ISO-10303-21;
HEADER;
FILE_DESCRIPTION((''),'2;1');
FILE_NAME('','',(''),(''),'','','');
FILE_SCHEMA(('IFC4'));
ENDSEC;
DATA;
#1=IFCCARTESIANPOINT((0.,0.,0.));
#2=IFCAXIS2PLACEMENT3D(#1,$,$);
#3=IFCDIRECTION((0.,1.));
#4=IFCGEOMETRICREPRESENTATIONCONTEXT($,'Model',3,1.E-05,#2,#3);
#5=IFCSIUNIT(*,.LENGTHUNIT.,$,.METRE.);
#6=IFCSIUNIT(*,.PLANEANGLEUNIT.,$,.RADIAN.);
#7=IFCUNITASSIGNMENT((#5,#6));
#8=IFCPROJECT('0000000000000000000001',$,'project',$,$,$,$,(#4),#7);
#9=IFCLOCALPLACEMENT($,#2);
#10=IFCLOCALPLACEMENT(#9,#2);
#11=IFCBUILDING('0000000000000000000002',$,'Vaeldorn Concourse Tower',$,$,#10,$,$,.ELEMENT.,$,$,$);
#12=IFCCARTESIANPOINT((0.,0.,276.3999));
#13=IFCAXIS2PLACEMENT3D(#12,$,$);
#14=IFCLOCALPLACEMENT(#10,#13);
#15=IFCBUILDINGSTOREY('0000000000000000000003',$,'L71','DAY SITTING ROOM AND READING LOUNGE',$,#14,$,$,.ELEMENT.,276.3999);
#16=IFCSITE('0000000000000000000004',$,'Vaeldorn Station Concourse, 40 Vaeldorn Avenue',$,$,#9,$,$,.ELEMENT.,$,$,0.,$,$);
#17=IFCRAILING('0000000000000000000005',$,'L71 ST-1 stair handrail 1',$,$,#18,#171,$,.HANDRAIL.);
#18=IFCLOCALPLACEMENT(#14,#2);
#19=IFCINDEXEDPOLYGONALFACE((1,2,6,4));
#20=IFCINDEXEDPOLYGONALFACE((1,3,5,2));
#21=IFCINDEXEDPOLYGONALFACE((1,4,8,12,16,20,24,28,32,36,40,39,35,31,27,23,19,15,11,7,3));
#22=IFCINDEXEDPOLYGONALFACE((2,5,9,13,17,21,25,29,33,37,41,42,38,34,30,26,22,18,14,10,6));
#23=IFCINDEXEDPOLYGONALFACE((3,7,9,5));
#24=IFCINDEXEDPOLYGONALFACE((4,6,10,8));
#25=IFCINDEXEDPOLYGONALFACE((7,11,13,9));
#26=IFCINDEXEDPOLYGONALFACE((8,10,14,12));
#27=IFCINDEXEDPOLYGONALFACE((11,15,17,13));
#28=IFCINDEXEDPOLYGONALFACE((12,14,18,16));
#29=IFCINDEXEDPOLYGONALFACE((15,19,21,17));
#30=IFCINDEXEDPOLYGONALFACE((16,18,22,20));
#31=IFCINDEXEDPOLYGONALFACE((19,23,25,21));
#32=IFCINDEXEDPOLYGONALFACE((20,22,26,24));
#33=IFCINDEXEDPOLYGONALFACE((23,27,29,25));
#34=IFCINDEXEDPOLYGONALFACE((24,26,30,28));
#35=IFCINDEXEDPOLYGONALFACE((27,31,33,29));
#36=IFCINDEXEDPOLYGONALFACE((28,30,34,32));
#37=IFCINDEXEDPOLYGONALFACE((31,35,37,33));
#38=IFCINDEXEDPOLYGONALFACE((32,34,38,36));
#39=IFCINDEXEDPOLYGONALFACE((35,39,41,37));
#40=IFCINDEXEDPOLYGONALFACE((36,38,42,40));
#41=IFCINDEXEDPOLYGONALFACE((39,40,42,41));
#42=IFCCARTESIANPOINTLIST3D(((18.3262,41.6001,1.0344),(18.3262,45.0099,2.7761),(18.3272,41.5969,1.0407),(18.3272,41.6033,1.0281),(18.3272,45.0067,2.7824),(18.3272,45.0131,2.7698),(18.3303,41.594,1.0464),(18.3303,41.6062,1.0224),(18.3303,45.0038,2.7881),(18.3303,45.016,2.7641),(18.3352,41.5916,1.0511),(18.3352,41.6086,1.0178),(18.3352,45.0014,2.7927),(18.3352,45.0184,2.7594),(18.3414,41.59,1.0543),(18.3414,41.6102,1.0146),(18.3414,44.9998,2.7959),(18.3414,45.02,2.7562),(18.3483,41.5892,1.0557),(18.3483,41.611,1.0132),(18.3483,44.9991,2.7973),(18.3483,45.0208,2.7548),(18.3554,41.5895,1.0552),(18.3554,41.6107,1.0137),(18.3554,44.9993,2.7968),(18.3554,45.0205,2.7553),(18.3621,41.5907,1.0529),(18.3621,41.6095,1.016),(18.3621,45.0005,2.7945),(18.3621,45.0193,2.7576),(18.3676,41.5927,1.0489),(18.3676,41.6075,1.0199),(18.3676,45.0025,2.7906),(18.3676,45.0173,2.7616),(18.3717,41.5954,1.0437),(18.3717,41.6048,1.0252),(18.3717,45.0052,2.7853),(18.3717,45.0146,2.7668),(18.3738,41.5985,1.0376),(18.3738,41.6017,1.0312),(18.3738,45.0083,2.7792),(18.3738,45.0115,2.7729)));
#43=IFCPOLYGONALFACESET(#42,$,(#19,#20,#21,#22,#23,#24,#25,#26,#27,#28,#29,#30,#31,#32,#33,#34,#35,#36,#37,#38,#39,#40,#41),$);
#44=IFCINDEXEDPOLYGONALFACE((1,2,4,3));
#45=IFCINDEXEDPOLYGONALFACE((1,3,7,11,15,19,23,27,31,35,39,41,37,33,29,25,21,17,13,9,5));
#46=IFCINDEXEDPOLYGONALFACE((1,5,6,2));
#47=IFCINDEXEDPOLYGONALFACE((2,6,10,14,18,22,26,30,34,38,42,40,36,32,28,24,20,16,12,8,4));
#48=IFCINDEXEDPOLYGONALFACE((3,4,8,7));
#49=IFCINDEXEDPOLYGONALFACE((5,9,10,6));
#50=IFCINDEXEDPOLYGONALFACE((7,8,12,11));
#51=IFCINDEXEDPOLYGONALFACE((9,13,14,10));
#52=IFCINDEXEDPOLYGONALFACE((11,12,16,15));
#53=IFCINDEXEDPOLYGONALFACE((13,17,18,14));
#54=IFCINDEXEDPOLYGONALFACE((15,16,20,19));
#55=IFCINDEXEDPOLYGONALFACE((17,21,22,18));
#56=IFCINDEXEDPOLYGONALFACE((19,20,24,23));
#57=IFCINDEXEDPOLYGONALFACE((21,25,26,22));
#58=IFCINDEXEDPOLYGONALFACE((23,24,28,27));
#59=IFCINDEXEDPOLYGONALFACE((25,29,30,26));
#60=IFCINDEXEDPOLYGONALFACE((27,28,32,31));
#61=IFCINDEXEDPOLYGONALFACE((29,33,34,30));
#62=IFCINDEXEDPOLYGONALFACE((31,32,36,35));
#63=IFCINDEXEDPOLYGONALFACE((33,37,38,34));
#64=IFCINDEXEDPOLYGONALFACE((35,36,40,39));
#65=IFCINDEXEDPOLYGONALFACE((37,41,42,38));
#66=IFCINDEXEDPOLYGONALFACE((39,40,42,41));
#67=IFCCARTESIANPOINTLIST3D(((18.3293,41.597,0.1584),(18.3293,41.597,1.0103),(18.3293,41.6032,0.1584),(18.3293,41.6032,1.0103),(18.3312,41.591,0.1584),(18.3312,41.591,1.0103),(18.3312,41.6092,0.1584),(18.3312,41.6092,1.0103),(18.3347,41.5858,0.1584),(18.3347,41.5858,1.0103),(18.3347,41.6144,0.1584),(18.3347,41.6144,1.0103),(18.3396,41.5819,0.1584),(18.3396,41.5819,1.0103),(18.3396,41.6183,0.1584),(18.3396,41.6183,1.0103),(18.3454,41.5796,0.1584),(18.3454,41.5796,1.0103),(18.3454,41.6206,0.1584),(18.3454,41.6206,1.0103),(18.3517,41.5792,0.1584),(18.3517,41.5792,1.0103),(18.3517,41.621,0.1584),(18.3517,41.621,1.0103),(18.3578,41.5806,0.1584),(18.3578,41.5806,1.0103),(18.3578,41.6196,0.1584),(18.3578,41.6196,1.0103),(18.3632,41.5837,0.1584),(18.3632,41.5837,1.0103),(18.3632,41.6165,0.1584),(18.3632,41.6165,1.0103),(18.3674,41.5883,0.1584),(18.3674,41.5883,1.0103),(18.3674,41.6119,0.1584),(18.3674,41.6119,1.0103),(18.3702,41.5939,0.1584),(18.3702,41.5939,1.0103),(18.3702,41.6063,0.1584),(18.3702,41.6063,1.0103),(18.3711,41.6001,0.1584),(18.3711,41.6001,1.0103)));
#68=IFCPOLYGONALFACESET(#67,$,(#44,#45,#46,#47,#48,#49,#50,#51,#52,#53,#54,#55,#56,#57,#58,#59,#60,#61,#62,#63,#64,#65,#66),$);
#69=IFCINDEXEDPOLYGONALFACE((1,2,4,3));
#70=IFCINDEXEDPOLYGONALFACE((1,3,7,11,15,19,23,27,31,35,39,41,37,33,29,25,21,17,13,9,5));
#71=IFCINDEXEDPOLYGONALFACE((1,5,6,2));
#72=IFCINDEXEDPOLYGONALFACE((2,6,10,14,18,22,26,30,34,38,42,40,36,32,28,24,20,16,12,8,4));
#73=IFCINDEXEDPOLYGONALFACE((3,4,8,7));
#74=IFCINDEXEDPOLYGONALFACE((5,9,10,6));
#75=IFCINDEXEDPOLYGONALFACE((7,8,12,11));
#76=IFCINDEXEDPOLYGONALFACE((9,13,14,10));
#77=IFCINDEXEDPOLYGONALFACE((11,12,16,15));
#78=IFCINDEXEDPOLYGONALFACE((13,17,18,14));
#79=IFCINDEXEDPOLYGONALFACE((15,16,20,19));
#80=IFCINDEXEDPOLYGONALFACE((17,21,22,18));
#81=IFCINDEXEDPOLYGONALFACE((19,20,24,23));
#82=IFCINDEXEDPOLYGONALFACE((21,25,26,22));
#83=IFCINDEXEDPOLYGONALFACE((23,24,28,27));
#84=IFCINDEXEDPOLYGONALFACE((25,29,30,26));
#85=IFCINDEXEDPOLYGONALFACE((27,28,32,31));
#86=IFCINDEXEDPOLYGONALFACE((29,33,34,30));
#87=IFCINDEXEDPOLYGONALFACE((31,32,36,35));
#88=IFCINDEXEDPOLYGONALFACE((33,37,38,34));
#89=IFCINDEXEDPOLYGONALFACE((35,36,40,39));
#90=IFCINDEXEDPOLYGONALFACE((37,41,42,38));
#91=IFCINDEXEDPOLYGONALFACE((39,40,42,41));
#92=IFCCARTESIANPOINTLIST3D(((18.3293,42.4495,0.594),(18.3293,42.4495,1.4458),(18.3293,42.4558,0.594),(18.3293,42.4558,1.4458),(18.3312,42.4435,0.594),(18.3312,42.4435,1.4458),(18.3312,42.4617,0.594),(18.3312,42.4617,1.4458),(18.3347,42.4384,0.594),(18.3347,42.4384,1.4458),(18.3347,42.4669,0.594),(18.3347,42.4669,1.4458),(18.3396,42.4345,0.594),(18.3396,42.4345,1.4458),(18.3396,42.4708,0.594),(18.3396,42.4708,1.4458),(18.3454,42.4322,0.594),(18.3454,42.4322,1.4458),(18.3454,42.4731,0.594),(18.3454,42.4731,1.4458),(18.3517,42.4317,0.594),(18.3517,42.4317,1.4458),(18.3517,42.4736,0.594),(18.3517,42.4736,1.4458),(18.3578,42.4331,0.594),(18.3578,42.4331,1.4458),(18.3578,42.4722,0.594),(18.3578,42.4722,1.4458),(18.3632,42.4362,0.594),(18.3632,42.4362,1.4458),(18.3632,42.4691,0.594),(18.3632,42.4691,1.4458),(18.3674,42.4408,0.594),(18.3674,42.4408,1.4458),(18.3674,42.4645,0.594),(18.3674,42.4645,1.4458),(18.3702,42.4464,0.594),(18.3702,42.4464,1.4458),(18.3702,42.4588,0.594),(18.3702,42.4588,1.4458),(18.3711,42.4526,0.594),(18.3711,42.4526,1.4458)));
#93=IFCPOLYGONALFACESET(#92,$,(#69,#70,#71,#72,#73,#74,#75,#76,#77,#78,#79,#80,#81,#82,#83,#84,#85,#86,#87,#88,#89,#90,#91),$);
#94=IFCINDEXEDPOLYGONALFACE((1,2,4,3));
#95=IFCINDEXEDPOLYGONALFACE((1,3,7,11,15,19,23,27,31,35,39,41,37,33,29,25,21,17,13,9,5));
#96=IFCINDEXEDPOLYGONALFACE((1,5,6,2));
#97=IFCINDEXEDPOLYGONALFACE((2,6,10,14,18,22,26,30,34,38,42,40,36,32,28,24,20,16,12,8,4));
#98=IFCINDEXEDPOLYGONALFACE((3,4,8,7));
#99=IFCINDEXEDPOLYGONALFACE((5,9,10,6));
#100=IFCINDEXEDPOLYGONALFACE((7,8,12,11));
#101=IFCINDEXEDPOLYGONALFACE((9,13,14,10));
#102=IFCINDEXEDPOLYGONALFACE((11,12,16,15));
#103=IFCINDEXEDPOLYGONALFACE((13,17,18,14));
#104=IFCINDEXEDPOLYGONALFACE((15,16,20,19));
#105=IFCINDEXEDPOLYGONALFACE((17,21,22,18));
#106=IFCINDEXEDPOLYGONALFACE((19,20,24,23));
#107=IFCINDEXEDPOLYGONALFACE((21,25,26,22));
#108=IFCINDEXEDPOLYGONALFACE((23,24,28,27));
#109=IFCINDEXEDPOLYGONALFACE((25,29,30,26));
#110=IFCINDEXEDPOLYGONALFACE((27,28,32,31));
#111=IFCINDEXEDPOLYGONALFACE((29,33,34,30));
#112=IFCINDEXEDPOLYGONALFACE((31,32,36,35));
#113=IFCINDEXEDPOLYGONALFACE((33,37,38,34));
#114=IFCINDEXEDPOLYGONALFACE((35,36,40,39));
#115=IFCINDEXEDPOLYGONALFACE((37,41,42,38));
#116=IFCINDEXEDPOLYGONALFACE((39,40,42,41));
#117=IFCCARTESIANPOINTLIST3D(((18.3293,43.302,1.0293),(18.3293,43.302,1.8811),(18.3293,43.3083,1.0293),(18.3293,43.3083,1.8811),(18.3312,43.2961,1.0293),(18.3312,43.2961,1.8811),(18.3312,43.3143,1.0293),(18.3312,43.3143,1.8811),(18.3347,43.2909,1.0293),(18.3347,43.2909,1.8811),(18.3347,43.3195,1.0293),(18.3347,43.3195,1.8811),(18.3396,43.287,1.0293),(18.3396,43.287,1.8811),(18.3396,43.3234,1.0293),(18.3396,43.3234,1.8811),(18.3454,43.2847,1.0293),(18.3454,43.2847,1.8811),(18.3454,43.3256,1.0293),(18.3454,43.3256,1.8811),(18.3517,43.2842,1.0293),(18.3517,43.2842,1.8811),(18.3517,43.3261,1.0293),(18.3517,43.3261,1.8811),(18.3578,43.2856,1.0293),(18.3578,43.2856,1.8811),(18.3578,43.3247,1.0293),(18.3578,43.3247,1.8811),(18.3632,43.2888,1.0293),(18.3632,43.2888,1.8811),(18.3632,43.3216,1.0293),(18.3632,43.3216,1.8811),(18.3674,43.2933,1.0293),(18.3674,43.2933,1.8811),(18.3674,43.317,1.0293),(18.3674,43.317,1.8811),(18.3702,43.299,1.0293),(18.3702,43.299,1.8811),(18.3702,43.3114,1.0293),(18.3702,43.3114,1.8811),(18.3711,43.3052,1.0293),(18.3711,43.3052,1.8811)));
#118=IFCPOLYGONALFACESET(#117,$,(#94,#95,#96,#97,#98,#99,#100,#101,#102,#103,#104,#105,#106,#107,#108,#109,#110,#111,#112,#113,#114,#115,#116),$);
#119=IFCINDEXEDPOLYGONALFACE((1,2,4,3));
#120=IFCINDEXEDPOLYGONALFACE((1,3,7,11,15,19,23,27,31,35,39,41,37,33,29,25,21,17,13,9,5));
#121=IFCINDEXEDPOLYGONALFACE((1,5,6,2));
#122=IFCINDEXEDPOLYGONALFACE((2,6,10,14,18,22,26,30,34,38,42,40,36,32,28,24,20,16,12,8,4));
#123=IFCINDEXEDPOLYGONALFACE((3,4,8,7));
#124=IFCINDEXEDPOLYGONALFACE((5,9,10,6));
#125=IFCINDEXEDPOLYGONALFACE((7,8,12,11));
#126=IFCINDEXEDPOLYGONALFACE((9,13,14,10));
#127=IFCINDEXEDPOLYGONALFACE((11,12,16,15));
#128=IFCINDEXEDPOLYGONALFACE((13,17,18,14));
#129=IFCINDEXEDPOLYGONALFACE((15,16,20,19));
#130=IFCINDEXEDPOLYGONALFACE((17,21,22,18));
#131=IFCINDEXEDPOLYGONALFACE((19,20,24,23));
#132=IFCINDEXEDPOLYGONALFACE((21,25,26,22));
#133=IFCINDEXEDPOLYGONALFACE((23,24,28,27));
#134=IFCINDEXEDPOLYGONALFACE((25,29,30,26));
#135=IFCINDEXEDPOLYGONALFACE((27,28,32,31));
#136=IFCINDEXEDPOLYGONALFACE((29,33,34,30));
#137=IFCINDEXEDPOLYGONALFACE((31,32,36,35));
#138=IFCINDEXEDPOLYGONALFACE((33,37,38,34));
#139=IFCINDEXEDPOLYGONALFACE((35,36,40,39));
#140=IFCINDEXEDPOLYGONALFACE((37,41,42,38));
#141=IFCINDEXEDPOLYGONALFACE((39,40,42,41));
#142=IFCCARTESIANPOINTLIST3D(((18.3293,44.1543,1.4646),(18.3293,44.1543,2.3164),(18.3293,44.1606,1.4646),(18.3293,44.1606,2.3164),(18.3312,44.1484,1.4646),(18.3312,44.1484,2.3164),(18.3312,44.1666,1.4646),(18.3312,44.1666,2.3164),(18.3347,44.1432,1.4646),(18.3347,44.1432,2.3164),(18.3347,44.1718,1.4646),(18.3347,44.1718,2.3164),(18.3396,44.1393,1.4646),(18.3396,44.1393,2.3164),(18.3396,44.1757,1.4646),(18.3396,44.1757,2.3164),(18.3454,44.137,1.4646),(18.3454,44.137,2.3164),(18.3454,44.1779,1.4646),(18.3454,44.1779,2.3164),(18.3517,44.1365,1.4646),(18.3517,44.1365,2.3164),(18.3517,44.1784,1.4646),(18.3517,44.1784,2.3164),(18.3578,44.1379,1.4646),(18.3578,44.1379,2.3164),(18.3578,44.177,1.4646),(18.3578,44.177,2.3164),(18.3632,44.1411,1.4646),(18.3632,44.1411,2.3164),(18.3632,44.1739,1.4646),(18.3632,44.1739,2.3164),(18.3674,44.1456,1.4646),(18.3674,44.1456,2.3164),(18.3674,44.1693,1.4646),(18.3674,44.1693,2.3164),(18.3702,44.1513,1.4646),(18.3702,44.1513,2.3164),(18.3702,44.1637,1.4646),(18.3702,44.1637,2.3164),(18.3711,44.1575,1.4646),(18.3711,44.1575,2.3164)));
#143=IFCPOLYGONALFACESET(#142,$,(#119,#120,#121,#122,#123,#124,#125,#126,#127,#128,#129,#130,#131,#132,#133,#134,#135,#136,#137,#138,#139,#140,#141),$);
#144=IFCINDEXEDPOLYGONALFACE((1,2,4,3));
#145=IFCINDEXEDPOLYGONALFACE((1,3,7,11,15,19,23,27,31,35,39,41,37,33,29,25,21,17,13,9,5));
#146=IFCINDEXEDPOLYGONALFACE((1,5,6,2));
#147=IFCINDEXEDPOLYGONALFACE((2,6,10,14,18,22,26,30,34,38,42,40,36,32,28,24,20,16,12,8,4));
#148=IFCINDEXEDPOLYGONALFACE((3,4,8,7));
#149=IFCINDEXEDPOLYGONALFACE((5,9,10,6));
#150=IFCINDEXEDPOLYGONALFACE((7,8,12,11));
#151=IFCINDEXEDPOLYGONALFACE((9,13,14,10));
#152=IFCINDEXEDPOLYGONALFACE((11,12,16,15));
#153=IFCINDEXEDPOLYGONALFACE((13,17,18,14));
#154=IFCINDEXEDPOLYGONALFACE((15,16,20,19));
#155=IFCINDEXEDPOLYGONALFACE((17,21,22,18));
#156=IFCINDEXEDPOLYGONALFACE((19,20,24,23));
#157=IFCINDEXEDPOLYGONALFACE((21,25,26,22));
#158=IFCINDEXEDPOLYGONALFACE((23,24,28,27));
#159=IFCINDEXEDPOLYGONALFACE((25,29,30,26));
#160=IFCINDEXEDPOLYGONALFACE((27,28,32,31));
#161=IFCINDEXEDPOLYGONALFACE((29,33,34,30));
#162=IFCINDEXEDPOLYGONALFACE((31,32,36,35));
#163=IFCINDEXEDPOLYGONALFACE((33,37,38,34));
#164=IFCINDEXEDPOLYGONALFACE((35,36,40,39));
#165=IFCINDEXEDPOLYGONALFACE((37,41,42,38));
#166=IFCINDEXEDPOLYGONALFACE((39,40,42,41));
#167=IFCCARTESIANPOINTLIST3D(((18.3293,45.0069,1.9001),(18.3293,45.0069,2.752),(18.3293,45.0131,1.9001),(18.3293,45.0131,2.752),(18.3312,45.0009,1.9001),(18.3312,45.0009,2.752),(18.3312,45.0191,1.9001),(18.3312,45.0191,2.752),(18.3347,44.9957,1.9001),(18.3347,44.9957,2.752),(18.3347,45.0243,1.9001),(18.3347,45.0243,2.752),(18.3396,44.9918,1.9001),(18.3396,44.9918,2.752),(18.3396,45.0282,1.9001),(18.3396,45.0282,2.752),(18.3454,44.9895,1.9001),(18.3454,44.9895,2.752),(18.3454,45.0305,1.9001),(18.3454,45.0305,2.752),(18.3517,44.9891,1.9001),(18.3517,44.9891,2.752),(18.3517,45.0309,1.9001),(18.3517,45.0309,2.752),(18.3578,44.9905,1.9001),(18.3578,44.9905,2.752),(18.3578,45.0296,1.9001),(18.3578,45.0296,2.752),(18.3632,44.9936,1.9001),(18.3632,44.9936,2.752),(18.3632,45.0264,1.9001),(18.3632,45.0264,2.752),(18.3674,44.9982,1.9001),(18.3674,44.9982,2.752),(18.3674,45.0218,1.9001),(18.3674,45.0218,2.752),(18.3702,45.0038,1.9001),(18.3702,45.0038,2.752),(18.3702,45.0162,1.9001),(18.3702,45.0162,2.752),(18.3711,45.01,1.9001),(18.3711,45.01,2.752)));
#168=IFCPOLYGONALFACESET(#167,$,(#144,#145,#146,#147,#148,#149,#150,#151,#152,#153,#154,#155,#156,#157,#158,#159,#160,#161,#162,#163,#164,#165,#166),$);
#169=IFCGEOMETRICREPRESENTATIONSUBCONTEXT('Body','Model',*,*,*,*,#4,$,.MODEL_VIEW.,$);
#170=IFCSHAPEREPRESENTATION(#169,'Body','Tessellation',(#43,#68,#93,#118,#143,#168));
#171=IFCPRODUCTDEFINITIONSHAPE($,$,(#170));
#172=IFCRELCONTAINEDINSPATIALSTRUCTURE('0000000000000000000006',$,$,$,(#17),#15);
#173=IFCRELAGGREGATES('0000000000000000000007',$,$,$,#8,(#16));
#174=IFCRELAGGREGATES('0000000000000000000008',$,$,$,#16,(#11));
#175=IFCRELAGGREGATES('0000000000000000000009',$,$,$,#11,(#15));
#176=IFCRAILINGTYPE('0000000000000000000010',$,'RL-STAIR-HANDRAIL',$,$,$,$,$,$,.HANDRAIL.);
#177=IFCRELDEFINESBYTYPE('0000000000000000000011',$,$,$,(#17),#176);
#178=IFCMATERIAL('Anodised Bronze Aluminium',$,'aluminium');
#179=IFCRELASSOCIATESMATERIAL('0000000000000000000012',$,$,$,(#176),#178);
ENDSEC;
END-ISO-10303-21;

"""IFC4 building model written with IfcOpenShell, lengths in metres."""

from ifc_helpers import new_model, si_unit, direction, frame, origin, origin_2d, place, context, subcontext, project, spatial, circle, extrude, material, type_object, element, save


model = new_model("IFC4")

# Units and contexts
model_context = context("Model", 3, precision=1e-05, world=origin(), true_north=direction((0.0, 1.0)))
body_context = subcontext(model_context, "Body", "Model", "MODEL_VIEW")
ifc_project = project(units=[si_unit("LENGTHUNIT", "METRE"), si_unit("PLANEANGLEUNIT", "RADIAN")], contexts=[model_context])

# Site, building, storey
site_placement = place(None, origin())
site = spatial("IfcSite", under=ifc_project, at=site_placement, Name="Vaeldorn Station Concourse, 40 Vaeldorn Avenue", CompositionType="ELEMENT", RefElevation=0.0)
building_placement = place(site_placement, origin())
building = spatial("IfcBuilding", under=site, at=building_placement, Name="Vaeldorn Concourse Tower", CompositionType="ELEMENT")
storey_placement = place(building_placement, frame((0.0, 0.0, 276.3999)))
storey = spatial("IfcBuildingStorey", under=building, at=storey_placement, Name="L71", Description="DAY SITTING ROOM AND READING LOUNGE", CompositionType="ELEMENT", Elevation=276.3999)

# Shared definitions
ifc_material_1 = material(Name="Anodised Bronze Aluminium", Category="aluminium")

# Railing
railing_type_1 = type_object("IfcRailingType", Name="RL-STAIR-HANDRAIL", PredefinedType="HANDRAIL", material=ifc_material_1)
railing_1_placement = place(storey_placement, frame((18.3501, 41.6001, 0.1584)))
element("IfcRailing", 1, at=railing_1_placement, inside=storey, type_object=railing_type_1, Name="L71 ST-1 stair handrail 1", PredefinedType="HANDRAIL", context=body_context, shape_type="SweptSolid", body=[
    extrude(circle(Radius=0.0239, at=origin_2d()), frame((0.0, 0.0, 0.876), z_axis=(0.0, 0.890556, 0.454874), x_axis=(-1.0, 0.0, 0.0)), (0.0, 0.0, 1.0), 3.8289),
    extrude(circle(Radius=0.021, at=origin_2d()), origin(), (0.0, 0.0, 1.0), 0.8518),
    extrude(circle(Radius=0.021, at=origin_2d()), frame((0.0, 0.8525, 0.4355)), (0.0, 0.0, 1.0), 0.8518),
    extrude(circle(Radius=0.021, at=origin_2d()), frame((0.0, 1.7051, 0.8708)), (0.0, 0.0, 1.0), 0.8518),
    extrude(circle(Radius=0.021, at=origin_2d()), frame((0.0, 2.5574, 1.3062)), (0.0, 0.0, 1.0), 0.8518),
    extrude(circle(Radius=0.021, at=origin_2d()), frame((0.0, 3.4099, 1.7417)), (0.0, 0.0, 1.0), 0.8518),
])

save(model, "model.ifc")
